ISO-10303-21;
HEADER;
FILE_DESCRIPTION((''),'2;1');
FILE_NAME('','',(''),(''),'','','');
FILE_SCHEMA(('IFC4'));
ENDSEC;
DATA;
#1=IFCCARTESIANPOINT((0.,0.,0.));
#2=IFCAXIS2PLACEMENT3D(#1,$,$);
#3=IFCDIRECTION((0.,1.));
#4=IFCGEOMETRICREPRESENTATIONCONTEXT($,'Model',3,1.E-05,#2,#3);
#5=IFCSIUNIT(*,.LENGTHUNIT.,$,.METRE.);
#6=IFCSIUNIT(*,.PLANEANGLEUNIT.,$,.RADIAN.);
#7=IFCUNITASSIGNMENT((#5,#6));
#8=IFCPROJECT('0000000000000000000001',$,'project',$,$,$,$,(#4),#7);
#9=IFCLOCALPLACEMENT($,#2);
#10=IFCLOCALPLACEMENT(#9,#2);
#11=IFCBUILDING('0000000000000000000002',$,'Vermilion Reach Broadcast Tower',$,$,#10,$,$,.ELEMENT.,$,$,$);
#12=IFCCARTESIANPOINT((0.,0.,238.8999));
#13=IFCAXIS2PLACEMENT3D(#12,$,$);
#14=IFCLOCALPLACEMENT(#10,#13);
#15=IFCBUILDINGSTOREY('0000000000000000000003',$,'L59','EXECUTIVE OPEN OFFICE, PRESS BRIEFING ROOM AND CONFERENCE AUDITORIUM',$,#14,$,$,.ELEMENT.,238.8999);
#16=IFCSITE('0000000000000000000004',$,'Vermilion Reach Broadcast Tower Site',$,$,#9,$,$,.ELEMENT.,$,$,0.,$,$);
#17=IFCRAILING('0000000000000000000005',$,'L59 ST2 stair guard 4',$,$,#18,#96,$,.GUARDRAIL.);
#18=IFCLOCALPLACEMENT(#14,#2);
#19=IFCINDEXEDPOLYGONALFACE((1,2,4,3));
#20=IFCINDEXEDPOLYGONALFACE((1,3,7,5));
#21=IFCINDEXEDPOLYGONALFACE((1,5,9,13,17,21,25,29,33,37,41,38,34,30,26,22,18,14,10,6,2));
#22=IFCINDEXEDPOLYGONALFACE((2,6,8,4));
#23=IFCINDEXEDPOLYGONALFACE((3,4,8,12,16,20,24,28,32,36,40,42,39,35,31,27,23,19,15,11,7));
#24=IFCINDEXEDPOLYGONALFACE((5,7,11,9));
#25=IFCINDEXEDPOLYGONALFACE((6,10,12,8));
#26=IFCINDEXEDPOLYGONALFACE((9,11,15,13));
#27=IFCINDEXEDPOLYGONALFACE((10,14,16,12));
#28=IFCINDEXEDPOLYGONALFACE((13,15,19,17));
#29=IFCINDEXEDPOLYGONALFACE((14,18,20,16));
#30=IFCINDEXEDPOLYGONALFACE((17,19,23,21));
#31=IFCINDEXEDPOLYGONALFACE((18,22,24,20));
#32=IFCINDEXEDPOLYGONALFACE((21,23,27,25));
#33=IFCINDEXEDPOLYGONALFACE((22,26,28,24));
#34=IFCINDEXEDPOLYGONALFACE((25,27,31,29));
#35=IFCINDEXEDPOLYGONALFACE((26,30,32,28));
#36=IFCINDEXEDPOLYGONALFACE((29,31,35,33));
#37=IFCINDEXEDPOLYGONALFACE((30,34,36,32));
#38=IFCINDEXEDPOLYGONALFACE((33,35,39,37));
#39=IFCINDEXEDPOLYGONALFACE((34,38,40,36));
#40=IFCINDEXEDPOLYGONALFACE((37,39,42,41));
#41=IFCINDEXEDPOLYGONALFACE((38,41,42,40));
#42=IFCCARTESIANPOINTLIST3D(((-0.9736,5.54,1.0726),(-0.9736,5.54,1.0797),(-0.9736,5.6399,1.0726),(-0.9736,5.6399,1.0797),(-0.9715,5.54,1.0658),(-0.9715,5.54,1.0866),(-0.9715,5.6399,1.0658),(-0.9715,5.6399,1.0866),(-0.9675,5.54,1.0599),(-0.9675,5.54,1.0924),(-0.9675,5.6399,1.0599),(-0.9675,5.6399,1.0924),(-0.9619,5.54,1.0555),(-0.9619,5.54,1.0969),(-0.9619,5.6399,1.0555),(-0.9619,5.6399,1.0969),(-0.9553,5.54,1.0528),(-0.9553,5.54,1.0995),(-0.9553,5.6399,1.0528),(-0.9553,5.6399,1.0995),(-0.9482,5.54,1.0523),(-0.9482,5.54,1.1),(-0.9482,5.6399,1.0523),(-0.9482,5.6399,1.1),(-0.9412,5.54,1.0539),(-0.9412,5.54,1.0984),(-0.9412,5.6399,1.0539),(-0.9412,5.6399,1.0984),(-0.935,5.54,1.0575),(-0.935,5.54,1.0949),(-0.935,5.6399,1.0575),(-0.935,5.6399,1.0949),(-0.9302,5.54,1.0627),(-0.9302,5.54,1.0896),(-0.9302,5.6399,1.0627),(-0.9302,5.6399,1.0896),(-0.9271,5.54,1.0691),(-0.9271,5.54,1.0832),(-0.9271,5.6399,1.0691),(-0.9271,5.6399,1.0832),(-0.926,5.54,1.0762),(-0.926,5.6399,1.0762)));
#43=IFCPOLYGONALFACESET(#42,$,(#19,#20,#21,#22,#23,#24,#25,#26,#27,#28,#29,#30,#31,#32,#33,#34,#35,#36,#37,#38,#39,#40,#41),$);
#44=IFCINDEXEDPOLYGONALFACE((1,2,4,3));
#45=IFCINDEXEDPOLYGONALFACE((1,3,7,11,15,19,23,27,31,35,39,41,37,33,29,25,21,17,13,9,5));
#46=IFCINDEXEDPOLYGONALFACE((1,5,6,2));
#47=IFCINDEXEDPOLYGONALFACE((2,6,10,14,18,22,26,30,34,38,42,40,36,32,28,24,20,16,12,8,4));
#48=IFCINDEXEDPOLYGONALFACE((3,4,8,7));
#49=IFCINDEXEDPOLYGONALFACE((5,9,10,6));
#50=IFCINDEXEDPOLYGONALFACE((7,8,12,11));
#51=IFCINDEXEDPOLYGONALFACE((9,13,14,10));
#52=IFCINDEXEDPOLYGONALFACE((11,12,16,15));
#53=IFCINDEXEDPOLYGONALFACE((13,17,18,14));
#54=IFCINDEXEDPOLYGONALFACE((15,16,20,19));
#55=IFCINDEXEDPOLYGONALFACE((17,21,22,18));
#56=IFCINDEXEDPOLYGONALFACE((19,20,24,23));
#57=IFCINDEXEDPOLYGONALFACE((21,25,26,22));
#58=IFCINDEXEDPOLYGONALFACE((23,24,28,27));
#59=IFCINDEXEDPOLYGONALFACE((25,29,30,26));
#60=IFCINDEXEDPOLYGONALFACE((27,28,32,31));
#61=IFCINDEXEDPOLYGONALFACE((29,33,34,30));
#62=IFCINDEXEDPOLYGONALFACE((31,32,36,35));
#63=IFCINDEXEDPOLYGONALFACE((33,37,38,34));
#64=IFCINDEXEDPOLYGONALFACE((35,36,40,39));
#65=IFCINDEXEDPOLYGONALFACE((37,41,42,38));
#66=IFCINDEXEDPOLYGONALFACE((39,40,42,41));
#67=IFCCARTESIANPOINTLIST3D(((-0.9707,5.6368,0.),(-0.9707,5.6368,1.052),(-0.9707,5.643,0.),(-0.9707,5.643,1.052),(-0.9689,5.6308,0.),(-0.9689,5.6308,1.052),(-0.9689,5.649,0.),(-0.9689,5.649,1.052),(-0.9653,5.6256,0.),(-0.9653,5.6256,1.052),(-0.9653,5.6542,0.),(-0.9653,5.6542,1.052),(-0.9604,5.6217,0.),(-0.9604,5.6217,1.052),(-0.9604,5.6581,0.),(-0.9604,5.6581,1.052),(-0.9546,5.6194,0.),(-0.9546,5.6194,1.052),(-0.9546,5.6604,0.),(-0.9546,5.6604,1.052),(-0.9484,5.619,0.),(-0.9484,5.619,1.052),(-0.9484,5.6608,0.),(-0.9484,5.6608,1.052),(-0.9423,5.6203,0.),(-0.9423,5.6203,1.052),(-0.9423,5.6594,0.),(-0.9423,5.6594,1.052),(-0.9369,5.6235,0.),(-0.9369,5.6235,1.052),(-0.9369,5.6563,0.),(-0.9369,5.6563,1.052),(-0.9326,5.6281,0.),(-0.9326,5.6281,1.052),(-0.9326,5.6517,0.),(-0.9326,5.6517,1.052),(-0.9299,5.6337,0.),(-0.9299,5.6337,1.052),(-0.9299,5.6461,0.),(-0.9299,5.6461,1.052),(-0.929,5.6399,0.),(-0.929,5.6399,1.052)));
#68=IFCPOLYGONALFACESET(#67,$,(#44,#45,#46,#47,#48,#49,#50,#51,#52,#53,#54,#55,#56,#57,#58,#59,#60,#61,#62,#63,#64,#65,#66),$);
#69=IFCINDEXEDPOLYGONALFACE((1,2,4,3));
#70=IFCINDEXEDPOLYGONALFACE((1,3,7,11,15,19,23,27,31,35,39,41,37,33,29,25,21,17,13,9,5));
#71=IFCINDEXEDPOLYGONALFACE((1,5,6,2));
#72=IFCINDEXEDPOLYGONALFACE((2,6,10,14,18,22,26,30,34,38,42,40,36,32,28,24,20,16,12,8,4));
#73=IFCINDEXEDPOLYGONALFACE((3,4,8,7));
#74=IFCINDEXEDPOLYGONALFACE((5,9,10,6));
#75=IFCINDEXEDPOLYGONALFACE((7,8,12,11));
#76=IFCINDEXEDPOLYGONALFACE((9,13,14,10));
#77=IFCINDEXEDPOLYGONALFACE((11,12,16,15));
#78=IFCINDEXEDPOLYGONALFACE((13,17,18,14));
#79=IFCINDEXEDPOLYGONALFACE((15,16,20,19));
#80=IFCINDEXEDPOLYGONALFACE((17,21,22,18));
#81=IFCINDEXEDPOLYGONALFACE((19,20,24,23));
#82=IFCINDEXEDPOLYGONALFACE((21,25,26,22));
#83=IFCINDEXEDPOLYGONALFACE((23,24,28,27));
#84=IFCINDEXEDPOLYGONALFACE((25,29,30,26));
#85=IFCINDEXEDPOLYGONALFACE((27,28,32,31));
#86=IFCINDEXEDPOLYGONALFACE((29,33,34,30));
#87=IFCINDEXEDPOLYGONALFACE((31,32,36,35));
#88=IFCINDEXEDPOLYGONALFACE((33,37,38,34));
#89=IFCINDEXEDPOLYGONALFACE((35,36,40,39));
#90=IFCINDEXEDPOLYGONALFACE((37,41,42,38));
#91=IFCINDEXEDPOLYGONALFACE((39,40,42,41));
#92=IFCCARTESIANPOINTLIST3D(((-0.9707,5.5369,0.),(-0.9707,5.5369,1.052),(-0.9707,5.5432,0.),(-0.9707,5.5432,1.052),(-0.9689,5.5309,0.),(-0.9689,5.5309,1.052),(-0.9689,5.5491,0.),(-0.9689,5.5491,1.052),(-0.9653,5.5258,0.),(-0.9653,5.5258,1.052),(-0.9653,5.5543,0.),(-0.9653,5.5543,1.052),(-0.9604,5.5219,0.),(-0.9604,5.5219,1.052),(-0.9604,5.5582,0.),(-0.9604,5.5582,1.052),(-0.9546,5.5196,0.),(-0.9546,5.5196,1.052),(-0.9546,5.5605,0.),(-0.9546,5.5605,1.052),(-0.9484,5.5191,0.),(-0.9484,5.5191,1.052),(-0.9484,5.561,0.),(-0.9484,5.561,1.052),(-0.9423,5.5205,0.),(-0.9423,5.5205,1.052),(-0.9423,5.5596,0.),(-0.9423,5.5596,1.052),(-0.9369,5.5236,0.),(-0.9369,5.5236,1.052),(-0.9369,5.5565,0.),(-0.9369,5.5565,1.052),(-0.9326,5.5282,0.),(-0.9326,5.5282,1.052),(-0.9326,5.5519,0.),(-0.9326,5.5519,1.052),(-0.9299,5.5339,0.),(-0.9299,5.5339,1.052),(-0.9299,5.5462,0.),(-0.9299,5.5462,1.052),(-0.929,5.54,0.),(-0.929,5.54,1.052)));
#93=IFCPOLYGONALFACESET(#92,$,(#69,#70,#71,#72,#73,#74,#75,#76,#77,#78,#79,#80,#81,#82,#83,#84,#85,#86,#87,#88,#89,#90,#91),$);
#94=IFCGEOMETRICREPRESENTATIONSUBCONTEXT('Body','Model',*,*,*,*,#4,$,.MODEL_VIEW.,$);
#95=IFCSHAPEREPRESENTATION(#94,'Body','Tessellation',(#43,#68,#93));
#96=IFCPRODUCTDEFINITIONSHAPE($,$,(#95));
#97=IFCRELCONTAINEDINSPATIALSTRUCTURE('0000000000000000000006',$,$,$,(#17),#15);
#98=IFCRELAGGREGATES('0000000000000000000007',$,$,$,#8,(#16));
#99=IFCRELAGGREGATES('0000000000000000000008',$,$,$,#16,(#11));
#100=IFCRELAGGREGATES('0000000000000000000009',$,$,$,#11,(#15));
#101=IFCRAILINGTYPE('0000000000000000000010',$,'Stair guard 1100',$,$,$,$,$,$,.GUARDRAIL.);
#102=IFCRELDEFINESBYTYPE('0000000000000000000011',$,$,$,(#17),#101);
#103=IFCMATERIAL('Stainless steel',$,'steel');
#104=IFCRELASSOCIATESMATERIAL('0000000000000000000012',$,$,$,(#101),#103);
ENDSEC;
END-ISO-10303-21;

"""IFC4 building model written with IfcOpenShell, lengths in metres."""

from ifc_helpers import new_model, si_unit, direction, frame, origin, origin_2d, place, context, subcontext, project, spatial, circle, extrude, material, type_object, element, save


model = new_model("IFC4")

# Units and contexts
model_context = context("Model", 3, precision=1e-05, world=origin(), true_north=direction((0.0, 1.0)))
body_context = subcontext(model_context, "Body", "Model", "MODEL_VIEW")
ifc_project = project(units=[si_unit("LENGTHUNIT", "METRE"), si_unit("PLANEANGLEUNIT", "RADIAN")], contexts=[model_context])

# Site, building, storey
site_placement = place(None, origin())
site = spatial("IfcSite", under=ifc_project, at=site_placement, Name="Vermilion Reach Broadcast Tower Site", CompositionType="ELEMENT", RefElevation=0.0)
building_placement = place(site_placement, origin())
building = spatial("IfcBuilding", under=site, at=building_placement, Name="Vermilion Reach Broadcast Tower", CompositionType="ELEMENT")
storey_placement = place(building_placement, frame((0.0, 0.0, 238.8999)))
storey = spatial("IfcBuildingStorey", under=building, at=storey_placement, Name="L59", Description="EXECUTIVE OPEN OFFICE, PRESS BRIEFING ROOM AND CONFERENCE AUDITORIUM", CompositionType="ELEMENT", Elevation=238.8999)

# Railing
ifc_material_1 = material(Name="Stainless steel", Category="steel")
railing_type_1 = type_object("IfcRailingType", Name="Stair guard 1100", PredefinedType="GUARDRAIL", material=ifc_material_1)
railing_1_placement = place(storey_placement, frame((-0.95, 5.6399, 0.0)))
element("IfcRailing", 1, at=railing_1_placement, inside=storey, type_object=railing_type_1, Name="L59 ST2 stair guard 4", PredefinedType="GUARDRAIL", context=body_context, shape_type="SweptSolid", body=[
    extrude(circle(Radius=0.0239, at=origin_2d()), frame((0.0, 0.0, 1.0762), z_axis=(0.0, -1.0, 0.0), x_axis=(1.0, 0.0, 0.0)), (0.0, 0.0, 1.0), 0.0999),
    extrude(circle(Radius=0.021, at=origin_2d()), origin(), (0.0, 0.0, 1.0), 1.052),
    extrude(circle(Radius=0.021, at=origin_2d()), frame((0.0, -0.0999, 0.0)), (0.0, 0.0, 1.0), 1.052),
])

save(model, "model.ifc")
